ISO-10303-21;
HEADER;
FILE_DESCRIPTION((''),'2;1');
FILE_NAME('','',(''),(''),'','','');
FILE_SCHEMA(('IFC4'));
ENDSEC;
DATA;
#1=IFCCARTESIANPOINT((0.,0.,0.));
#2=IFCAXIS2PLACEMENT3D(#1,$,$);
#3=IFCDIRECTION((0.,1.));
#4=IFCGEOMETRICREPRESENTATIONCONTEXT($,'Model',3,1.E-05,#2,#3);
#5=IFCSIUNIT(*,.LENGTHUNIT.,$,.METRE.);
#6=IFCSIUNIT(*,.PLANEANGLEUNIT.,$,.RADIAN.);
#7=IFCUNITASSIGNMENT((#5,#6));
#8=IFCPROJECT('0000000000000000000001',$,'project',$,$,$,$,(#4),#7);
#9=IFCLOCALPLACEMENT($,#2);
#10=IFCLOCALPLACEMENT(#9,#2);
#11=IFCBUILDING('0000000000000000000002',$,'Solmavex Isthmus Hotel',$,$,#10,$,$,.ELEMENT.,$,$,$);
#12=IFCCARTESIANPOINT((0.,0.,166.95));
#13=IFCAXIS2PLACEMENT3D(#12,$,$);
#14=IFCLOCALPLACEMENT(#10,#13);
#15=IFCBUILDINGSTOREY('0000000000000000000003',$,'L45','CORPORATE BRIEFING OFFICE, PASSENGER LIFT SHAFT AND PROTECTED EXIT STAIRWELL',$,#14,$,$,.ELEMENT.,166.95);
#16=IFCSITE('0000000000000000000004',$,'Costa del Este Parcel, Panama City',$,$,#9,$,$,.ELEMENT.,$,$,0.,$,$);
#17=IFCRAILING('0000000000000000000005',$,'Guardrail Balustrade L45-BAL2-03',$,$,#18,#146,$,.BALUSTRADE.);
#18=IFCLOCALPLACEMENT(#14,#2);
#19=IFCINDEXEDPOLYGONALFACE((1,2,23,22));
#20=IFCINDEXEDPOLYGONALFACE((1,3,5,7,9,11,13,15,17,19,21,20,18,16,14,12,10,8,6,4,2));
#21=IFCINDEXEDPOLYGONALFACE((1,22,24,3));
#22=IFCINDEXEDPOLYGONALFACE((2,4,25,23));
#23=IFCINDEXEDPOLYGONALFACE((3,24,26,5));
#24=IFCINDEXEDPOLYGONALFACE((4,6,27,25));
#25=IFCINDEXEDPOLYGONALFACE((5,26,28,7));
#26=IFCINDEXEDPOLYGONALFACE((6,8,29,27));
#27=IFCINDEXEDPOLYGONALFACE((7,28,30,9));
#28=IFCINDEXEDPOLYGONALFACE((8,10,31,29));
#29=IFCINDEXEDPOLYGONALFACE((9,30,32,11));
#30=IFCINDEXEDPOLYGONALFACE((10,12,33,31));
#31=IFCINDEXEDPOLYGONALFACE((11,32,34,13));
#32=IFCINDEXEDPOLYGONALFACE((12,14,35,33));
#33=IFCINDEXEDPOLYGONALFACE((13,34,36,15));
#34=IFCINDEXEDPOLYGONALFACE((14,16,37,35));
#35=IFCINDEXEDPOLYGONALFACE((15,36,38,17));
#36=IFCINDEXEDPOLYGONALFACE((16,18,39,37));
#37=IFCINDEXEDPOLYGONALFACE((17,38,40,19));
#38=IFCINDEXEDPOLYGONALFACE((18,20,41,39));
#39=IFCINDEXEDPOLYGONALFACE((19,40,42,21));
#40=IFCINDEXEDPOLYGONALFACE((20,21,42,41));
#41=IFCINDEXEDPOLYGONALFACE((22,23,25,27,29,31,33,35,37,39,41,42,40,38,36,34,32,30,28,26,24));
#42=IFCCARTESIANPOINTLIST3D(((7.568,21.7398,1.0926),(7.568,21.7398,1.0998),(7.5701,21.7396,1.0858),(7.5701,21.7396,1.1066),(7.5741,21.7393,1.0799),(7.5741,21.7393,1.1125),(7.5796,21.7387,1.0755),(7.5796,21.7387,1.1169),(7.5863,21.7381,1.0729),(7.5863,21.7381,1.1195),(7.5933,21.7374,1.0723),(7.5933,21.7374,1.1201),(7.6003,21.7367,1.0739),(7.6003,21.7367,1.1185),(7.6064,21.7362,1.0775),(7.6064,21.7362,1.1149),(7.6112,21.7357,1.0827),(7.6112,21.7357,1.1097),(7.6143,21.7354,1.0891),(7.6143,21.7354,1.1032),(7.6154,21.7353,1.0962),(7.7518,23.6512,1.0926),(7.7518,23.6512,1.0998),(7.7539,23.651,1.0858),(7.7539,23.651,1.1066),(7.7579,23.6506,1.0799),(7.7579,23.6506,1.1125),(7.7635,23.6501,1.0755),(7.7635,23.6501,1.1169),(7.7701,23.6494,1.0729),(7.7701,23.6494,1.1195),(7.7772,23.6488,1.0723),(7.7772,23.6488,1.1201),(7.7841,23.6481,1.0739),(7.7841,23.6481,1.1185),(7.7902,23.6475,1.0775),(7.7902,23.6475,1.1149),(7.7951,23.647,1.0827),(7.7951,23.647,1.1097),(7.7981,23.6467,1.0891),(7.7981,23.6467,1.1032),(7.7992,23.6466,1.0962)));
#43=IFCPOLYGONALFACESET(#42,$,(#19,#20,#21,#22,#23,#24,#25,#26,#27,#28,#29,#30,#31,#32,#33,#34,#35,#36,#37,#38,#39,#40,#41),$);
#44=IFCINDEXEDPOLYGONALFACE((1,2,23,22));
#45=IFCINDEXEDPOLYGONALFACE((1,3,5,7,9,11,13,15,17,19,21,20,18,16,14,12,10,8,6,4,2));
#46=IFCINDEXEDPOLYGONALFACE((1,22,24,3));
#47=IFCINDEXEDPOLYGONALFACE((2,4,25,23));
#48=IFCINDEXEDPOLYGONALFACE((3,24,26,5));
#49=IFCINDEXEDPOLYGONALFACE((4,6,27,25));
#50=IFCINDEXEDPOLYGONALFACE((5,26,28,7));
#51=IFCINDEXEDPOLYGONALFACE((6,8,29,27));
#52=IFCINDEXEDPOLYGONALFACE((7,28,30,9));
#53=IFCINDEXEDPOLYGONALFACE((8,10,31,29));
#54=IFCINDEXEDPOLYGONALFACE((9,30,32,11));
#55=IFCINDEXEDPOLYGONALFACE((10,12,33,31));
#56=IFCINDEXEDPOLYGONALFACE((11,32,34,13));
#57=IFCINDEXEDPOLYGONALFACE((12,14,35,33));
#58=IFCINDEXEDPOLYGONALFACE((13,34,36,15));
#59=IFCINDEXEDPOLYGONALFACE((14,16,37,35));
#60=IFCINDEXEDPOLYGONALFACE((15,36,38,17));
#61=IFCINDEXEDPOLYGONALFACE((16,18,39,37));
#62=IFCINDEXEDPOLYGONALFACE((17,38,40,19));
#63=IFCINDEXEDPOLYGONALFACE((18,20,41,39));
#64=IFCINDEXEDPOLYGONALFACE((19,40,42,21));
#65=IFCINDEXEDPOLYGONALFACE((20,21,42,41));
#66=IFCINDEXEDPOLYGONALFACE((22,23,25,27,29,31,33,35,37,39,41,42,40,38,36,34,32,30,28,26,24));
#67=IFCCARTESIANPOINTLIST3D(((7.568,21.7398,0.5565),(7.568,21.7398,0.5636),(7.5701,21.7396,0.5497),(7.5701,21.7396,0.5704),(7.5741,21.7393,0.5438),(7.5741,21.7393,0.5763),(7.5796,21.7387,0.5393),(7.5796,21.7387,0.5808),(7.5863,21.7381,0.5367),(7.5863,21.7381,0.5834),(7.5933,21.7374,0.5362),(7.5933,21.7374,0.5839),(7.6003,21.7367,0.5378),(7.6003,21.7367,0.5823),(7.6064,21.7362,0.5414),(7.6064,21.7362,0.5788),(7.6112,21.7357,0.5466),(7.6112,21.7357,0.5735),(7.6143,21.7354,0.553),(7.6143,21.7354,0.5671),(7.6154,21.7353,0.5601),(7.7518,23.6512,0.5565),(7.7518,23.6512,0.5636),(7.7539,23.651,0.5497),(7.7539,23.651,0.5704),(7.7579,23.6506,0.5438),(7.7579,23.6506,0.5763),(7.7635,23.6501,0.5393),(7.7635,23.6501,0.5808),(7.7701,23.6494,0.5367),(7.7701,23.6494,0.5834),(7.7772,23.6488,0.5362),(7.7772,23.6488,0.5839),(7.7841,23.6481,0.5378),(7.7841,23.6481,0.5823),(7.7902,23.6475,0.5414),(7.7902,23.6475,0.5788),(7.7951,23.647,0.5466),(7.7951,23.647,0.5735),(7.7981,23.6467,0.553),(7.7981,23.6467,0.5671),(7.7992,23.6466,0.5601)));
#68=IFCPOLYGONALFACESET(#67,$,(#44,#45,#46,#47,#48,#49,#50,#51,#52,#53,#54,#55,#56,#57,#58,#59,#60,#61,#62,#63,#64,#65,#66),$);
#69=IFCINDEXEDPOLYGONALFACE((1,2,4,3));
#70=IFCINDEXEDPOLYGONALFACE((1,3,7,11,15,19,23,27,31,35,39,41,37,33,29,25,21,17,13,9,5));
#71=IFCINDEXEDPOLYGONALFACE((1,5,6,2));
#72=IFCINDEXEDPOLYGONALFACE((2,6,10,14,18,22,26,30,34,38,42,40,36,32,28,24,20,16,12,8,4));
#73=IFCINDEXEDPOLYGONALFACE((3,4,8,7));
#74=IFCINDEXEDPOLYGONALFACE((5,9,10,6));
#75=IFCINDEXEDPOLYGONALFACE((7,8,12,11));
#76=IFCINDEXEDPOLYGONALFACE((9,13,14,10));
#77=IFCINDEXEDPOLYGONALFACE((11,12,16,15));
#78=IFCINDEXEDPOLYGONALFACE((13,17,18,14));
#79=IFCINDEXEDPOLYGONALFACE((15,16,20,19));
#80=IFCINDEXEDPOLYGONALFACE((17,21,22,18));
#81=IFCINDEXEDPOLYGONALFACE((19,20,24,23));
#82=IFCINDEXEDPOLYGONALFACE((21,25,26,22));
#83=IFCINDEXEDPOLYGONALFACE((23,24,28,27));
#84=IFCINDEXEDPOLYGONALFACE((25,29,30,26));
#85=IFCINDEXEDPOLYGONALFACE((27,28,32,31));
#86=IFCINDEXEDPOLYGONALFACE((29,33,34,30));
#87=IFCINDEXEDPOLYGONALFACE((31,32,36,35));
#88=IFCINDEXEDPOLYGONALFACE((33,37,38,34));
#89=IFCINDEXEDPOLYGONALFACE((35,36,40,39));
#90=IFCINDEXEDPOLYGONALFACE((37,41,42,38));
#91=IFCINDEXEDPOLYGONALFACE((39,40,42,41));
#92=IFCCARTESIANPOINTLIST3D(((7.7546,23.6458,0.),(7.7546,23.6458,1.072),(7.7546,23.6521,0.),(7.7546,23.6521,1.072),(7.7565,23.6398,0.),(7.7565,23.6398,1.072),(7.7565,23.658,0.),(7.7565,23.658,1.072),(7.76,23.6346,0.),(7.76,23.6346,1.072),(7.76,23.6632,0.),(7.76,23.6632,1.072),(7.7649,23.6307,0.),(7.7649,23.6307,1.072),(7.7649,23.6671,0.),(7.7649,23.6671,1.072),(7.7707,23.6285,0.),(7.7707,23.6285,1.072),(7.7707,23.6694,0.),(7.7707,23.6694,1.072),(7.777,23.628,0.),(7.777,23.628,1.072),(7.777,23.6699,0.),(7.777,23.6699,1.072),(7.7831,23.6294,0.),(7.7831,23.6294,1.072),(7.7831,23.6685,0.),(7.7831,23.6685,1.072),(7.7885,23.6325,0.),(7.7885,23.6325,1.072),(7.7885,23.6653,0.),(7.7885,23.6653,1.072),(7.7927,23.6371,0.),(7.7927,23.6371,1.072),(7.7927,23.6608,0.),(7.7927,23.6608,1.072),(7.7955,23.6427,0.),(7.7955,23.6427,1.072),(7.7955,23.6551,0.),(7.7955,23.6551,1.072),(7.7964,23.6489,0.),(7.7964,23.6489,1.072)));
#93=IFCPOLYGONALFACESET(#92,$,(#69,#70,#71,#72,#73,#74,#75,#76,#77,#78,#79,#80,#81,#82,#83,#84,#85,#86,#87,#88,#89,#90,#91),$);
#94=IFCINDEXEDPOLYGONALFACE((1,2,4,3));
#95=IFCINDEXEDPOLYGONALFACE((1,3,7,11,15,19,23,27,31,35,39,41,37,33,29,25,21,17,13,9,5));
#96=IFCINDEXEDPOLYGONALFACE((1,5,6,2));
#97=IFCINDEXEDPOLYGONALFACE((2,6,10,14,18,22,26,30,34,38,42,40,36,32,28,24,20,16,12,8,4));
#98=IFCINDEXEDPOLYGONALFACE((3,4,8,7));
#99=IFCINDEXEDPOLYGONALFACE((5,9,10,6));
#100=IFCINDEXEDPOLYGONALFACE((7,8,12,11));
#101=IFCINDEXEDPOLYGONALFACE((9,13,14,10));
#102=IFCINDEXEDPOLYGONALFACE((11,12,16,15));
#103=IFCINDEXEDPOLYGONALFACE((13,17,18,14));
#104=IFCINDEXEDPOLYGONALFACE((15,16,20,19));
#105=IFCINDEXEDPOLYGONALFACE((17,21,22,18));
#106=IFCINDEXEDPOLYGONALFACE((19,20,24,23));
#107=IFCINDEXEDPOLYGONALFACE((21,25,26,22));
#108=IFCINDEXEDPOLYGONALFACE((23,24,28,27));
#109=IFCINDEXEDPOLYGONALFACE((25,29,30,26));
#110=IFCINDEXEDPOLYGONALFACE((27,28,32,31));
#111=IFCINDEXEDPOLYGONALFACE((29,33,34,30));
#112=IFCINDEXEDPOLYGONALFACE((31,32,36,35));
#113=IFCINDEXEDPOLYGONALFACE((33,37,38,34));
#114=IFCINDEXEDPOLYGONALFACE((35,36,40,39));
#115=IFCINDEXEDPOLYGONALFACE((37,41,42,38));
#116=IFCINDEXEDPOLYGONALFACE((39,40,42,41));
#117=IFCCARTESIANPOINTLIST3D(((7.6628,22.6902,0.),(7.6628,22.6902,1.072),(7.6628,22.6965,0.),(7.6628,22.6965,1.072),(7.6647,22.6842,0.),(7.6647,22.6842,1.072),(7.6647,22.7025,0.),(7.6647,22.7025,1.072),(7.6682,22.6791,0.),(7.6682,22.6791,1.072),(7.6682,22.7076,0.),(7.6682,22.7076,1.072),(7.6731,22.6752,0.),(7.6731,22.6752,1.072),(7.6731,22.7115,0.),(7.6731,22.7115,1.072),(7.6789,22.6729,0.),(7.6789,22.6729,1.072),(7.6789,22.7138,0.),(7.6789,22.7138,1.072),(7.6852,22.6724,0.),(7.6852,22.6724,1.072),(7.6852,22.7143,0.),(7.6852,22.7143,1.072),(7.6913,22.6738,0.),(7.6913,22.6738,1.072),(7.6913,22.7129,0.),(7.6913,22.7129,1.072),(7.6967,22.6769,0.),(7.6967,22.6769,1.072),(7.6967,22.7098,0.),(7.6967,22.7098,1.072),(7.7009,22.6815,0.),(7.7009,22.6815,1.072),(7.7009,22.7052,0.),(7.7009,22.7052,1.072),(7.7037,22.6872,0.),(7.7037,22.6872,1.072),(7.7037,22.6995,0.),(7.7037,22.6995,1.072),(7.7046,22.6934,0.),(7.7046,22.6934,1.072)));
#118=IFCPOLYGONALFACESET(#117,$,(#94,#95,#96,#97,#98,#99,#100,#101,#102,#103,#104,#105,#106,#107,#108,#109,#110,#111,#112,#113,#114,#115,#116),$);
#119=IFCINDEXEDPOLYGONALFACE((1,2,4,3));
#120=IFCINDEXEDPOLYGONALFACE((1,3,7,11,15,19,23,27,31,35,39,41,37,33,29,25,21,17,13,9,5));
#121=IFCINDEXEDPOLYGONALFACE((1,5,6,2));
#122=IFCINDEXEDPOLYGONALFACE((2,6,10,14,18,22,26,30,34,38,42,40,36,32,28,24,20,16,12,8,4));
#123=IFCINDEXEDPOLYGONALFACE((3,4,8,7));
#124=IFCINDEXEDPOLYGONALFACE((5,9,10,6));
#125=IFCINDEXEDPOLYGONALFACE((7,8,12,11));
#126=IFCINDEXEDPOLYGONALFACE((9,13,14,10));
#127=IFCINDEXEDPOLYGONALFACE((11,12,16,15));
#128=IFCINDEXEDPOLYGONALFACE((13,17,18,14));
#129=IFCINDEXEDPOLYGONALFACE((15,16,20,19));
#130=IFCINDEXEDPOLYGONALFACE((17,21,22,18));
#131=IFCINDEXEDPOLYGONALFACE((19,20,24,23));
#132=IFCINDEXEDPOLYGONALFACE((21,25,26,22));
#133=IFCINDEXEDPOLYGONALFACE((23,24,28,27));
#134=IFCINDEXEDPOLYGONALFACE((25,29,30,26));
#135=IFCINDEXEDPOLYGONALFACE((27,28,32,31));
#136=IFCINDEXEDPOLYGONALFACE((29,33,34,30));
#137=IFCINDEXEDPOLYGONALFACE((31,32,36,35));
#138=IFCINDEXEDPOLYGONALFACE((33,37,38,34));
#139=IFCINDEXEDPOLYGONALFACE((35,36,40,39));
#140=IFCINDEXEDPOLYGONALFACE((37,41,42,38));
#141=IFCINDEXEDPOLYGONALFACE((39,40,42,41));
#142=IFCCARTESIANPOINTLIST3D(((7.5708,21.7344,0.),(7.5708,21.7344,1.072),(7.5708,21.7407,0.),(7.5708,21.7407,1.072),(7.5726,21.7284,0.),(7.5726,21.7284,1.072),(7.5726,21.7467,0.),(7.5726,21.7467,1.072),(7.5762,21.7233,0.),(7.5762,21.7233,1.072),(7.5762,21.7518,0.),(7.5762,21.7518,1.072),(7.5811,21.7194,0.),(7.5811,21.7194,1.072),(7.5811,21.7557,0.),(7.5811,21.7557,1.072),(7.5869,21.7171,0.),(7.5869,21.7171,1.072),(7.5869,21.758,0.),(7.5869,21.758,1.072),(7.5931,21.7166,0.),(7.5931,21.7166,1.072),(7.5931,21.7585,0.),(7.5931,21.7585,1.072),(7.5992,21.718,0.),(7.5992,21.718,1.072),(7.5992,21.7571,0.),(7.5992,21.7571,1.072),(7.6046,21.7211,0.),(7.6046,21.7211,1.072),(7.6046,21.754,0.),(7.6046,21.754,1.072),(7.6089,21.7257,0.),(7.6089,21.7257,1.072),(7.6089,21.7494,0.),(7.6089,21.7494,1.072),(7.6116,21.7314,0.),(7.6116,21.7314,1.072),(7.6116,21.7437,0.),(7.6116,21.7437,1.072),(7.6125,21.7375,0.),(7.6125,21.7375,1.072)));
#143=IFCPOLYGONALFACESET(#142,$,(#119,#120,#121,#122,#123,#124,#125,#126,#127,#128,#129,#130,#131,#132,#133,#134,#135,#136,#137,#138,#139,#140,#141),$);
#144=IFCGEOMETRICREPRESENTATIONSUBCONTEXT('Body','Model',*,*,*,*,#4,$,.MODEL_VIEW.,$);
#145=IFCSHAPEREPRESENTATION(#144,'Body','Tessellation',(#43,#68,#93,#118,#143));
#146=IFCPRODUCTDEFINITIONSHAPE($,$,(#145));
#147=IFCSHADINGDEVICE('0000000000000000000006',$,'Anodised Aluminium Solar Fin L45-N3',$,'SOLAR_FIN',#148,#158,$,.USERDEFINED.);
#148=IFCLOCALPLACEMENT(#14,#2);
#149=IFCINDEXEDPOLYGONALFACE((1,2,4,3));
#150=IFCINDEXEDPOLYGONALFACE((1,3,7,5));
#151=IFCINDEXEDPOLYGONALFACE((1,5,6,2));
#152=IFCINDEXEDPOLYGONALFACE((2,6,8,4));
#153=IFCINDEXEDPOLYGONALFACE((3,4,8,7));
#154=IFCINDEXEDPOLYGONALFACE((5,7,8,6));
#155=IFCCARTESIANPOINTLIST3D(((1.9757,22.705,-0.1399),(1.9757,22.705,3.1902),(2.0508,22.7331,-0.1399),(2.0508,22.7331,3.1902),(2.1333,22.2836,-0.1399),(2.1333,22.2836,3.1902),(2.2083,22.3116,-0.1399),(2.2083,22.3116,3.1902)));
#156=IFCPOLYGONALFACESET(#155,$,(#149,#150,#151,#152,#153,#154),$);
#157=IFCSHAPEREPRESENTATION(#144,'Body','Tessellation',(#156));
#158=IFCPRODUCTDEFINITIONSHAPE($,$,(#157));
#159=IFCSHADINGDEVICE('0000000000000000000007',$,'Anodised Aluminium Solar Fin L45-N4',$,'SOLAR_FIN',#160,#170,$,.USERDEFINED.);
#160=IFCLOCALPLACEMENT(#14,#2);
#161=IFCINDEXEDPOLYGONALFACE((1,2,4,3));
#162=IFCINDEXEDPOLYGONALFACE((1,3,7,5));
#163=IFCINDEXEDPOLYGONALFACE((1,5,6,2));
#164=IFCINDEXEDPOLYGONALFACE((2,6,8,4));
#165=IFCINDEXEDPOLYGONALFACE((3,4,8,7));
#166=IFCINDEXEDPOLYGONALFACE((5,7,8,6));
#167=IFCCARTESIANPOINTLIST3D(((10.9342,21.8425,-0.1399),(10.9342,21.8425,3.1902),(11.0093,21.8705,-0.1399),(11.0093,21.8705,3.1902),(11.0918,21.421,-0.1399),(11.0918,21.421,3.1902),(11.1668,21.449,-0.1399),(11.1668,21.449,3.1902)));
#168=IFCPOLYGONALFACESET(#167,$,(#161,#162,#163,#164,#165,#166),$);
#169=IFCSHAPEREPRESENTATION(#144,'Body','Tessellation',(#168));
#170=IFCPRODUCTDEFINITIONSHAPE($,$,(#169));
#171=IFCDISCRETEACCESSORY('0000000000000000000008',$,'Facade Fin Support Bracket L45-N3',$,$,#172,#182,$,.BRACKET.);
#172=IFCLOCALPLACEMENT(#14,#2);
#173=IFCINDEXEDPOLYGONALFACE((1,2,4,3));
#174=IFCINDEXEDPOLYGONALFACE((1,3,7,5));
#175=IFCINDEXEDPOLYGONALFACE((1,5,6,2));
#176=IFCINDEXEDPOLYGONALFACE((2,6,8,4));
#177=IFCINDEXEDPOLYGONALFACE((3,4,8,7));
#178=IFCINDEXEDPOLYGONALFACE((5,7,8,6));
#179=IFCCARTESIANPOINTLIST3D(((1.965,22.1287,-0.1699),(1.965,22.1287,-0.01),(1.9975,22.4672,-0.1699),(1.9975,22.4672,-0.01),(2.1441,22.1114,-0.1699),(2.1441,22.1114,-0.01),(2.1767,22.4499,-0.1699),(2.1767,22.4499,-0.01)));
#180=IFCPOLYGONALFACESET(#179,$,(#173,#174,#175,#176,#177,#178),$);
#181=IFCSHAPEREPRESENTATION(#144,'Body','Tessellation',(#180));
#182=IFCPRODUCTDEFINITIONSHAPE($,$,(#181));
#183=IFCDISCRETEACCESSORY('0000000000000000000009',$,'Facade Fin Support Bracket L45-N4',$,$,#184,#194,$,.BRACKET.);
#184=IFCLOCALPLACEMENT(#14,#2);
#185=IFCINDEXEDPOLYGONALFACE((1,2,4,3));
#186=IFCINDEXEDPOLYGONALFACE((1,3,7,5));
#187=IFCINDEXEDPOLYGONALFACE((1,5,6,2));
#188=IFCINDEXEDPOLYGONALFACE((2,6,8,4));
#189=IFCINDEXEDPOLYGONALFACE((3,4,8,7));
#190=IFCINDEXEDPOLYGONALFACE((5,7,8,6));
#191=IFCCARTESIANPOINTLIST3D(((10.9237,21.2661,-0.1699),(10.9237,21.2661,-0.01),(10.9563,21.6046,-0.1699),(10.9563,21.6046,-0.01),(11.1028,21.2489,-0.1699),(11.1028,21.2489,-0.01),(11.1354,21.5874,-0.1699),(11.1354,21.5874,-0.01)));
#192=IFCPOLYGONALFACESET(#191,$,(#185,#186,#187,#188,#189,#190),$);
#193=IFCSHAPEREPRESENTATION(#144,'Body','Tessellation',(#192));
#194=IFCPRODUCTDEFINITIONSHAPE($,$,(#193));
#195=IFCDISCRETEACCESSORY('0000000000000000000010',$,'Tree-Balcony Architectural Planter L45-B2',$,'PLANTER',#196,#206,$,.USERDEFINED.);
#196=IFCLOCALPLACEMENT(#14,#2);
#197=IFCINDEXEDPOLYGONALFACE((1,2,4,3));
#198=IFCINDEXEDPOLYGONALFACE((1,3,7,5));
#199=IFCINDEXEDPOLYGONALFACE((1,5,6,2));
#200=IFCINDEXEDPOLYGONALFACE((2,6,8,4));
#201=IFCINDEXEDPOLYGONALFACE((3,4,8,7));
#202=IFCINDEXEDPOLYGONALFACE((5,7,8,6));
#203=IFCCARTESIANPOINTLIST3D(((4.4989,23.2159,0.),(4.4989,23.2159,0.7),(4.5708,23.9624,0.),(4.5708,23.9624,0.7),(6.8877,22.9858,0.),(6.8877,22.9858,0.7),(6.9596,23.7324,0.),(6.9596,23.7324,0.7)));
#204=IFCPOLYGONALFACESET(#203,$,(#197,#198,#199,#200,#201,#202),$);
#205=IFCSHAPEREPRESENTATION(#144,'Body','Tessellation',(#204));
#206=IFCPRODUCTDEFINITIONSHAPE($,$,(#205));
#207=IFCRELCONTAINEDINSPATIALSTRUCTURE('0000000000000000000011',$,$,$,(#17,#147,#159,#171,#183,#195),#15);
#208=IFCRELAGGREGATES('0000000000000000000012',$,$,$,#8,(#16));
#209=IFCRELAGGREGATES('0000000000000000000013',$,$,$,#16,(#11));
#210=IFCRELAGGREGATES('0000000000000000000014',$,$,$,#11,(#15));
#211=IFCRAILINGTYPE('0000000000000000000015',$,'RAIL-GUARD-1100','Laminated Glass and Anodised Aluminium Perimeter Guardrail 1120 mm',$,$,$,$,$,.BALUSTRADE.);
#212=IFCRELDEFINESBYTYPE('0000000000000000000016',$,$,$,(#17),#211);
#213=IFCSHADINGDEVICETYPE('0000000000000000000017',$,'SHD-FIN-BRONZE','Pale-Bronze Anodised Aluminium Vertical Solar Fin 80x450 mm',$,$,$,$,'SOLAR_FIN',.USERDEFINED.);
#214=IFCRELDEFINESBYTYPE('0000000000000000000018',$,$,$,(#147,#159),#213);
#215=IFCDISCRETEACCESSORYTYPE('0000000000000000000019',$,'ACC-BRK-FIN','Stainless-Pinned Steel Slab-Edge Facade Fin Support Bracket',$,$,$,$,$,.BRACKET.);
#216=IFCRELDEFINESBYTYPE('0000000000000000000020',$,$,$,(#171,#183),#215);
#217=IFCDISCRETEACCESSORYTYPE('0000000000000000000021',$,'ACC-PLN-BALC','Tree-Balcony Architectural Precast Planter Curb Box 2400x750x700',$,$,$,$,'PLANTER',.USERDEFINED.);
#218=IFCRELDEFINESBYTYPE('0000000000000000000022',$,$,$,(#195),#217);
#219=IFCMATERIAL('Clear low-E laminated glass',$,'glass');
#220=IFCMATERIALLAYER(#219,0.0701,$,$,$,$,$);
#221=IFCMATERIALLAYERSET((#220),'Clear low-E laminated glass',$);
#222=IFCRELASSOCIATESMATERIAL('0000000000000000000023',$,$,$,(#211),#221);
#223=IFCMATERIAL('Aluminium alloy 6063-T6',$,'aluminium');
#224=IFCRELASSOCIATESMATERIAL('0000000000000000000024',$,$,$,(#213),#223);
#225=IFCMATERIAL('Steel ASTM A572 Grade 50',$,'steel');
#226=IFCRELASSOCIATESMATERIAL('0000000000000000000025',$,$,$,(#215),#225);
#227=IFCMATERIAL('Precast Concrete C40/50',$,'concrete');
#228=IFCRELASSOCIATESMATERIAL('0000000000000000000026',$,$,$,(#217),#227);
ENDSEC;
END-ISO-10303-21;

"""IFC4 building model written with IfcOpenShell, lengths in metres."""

from ifc_helpers import new_model, si_unit, direction, frame, origin, origin_2d, place, context, subcontext, project, spatial, rectangle, circle, extrude, material, layer, layer_set, type_object, element, save


model = new_model("IFC4")

# Units and contexts
model_context = context("Model", 3, precision=1e-05, world=origin(), true_north=direction((0.0, 1.0)))
body_context = subcontext(model_context, "Body", "Model", "MODEL_VIEW")
ifc_project = project(units=[si_unit("LENGTHUNIT", "METRE"), si_unit("PLANEANGLEUNIT", "RADIAN")], contexts=[model_context])

# Site, building, storey
site_placement = place(None, origin())
site = spatial("IfcSite", under=ifc_project, at=site_placement, Name="Costa del Este Parcel, Panama City", CompositionType="ELEMENT", RefElevation=0.0)
building_placement = place(site_placement, origin())
building = spatial("IfcBuilding", under=site, at=building_placement, Name="Solmavex Isthmus Hotel", CompositionType="ELEMENT")
storey_placement = place(building_placement, frame((0.0, 0.0, 166.95)))
storey = spatial("IfcBuildingStorey", under=building, at=storey_placement, Name="L45", Description="CORPORATE BRIEFING OFFICE, PASSENGER LIFT SHAFT AND PROTECTED EXIT STAIRWELL", CompositionType="ELEMENT", Elevation=166.95)

# Shared definitions
ifc_material_1 = material(Name="Aluminium alloy 6063-T6", Category="aluminium")

# Shared definitions
ifc_material_2 = material(Name="Clear low-E laminated glass", Category="glass")

# Shared definitions
ifc_material_3 = material(Name="Precast Concrete C40/50", Category="concrete")

# Railing
ifc_layer_1 = layer(ifc_material_2, 0.0701)
ifc_layer_set_1 = layer_set([ifc_layer_1], Name="Clear low-E laminated glass")
railing_type = type_object("IfcRailingType", Name="RAIL-GUARD-1100", Description="Laminated Glass and Anodised Aluminium Perimeter Guardrail 1120 mm", PredefinedType="BALUSTRADE", material=ifc_layer_set_1)
railing_1_placement = place(storey_placement, frame((7.7754, 23.6489, 0.0)))
element("IfcRailing", 1, at=railing_1_placement, inside=storey, type_object=railing_type, Name="Guardrail Balustrade L45-BAL2-03", PredefinedType="BALUSTRADE", context=body_context, shape_type="SweptSolid", body=[
    extrude(circle(Radius=0.0239, at=origin_2d()), frame((0.0, 0.0, 1.0962), z_axis=(-0.095739, -0.995406, 0.0), x_axis=(0.995406, -0.095739, 0.0)), (0.0, 0.0, 1.0), 1.9202),
    extrude(circle(Radius=0.0239, at=origin_2d()), frame((0.0, 0.0, 0.5601), z_axis=(-0.095739, -0.995406, 0.0), x_axis=(0.995406, -0.095739, 0.0)), (0.0, 0.0, 1.0), 1.9202),
    extrude(circle(Radius=0.021, at=origin_2d()), origin(), (0.0, 0.0, 1.0), 1.072),
    extrude(circle(Radius=0.021, at=origin_2d()), frame((-0.0918, -0.9556, 0.0)), (0.0, 0.0, 1.0), 1.072),
    extrude(circle(Radius=0.021, at=origin_2d()), frame((-0.1838, -1.9114, 0.0)), (0.0, 0.0, 1.0), 1.072),
])

# Shading devices
shading_device_type = type_object("IfcShadingDeviceType", Name="SHD-FIN-BRONZE", Description="Pale-Bronze Anodised Aluminium Vertical Solar Fin 80x450 mm", ElementType="SOLAR_FIN", PredefinedType="USERDEFINED", material=ifc_material_1)
for number, where, z_axis, x_axis, name in (
    (2, (2.092, 22.5083, -0.1399), (0.0, 0.0, 1.0), (-0.350207, 0.936672, 0.0), "Anodised Aluminium Solar Fin L45-N3"),
    (3, (11.0505, 21.6458, -0.1399), (0.0, 0.0, 1.0), (-0.350207, 0.936672, 0.0), "Anodised Aluminium Solar Fin L45-N4"),
):
    element("IfcShadingDevice", number, at=place(storey_placement, frame(where, z_axis=z_axis, x_axis=x_axis)), inside=storey, type_object=shading_device_type, Name=name, ObjectType="SOLAR_FIN", PredefinedType="USERDEFINED", context=body_context, shape_type="SweptSolid", body=[
        extrude(rectangle(XDim=0.45, YDim=0.0801, at=origin_2d()), origin(), (0.0, 0.0, 1.0), 3.3301),
    ])

# Discrete accessories
ifc_material_4 = material(Name="Steel ASTM A572 Grade 50", Category="steel")
discrete_accessory_type_1 = type_object("IfcDiscreteAccessoryType", Name="ACC-BRK-FIN", Description="Stainless-Pinned Steel Slab-Edge Facade Fin Support Bracket", PredefinedType="BRACKET", material=ifc_material_4)
for number, where, z_axis, x_axis, name in (
    (4, (2.0708, 22.2893, -0.1699), (0.0, 0.0, 1.0), (0.095846, 0.995396, 0.0), "Facade Fin Support Bracket L45-N3"),
    (5, (11.0295, 21.4268, -0.1699), (0.0, 0.0, 1.0), (0.095846, 0.995396, 0.0), "Facade Fin Support Bracket L45-N4"),
):
    element("IfcDiscreteAccessory", number, at=place(storey_placement, frame(where, z_axis=z_axis, x_axis=x_axis)), inside=storey, type_object=discrete_accessory_type_1, Name=name, PredefinedType="BRACKET", context=body_context, shape_type="SweptSolid", body=[
        extrude(rectangle(XDim=0.3401, YDim=0.1799, at=origin_2d()), origin(), (0.0, 0.0, 1.0), 0.1599),
    ])
discrete_accessory_type_2 = type_object("IfcDiscreteAccessoryType", Name="ACC-PLN-BALC", Description="Tree-Balcony Architectural Precast Planter Curb Box 2400x750x700", ElementType="PLANTER", PredefinedType="USERDEFINED", material=ifc_material_3)
discrete_accessory_placement = place(storey_placement, frame((5.7292, 23.4741, 0.0), z_axis=(0.0, 0.0, 1.0), x_axis=(0.995396, -0.095846, 0.0)))
element("IfcDiscreteAccessory", 6, at=discrete_accessory_placement, inside=storey, type_object=discrete_accessory_type_2, Name="Tree-Balcony Architectural Planter L45-B2", ObjectType="PLANTER", PredefinedType="USERDEFINED", context=body_context, shape_type="SweptSolid", body=[
    extrude(rectangle(XDim=2.3999, YDim=0.75, at=origin_2d()), origin(), (0.0, 0.0, 1.0), 0.7),
])

save(model, "model.ifc")
